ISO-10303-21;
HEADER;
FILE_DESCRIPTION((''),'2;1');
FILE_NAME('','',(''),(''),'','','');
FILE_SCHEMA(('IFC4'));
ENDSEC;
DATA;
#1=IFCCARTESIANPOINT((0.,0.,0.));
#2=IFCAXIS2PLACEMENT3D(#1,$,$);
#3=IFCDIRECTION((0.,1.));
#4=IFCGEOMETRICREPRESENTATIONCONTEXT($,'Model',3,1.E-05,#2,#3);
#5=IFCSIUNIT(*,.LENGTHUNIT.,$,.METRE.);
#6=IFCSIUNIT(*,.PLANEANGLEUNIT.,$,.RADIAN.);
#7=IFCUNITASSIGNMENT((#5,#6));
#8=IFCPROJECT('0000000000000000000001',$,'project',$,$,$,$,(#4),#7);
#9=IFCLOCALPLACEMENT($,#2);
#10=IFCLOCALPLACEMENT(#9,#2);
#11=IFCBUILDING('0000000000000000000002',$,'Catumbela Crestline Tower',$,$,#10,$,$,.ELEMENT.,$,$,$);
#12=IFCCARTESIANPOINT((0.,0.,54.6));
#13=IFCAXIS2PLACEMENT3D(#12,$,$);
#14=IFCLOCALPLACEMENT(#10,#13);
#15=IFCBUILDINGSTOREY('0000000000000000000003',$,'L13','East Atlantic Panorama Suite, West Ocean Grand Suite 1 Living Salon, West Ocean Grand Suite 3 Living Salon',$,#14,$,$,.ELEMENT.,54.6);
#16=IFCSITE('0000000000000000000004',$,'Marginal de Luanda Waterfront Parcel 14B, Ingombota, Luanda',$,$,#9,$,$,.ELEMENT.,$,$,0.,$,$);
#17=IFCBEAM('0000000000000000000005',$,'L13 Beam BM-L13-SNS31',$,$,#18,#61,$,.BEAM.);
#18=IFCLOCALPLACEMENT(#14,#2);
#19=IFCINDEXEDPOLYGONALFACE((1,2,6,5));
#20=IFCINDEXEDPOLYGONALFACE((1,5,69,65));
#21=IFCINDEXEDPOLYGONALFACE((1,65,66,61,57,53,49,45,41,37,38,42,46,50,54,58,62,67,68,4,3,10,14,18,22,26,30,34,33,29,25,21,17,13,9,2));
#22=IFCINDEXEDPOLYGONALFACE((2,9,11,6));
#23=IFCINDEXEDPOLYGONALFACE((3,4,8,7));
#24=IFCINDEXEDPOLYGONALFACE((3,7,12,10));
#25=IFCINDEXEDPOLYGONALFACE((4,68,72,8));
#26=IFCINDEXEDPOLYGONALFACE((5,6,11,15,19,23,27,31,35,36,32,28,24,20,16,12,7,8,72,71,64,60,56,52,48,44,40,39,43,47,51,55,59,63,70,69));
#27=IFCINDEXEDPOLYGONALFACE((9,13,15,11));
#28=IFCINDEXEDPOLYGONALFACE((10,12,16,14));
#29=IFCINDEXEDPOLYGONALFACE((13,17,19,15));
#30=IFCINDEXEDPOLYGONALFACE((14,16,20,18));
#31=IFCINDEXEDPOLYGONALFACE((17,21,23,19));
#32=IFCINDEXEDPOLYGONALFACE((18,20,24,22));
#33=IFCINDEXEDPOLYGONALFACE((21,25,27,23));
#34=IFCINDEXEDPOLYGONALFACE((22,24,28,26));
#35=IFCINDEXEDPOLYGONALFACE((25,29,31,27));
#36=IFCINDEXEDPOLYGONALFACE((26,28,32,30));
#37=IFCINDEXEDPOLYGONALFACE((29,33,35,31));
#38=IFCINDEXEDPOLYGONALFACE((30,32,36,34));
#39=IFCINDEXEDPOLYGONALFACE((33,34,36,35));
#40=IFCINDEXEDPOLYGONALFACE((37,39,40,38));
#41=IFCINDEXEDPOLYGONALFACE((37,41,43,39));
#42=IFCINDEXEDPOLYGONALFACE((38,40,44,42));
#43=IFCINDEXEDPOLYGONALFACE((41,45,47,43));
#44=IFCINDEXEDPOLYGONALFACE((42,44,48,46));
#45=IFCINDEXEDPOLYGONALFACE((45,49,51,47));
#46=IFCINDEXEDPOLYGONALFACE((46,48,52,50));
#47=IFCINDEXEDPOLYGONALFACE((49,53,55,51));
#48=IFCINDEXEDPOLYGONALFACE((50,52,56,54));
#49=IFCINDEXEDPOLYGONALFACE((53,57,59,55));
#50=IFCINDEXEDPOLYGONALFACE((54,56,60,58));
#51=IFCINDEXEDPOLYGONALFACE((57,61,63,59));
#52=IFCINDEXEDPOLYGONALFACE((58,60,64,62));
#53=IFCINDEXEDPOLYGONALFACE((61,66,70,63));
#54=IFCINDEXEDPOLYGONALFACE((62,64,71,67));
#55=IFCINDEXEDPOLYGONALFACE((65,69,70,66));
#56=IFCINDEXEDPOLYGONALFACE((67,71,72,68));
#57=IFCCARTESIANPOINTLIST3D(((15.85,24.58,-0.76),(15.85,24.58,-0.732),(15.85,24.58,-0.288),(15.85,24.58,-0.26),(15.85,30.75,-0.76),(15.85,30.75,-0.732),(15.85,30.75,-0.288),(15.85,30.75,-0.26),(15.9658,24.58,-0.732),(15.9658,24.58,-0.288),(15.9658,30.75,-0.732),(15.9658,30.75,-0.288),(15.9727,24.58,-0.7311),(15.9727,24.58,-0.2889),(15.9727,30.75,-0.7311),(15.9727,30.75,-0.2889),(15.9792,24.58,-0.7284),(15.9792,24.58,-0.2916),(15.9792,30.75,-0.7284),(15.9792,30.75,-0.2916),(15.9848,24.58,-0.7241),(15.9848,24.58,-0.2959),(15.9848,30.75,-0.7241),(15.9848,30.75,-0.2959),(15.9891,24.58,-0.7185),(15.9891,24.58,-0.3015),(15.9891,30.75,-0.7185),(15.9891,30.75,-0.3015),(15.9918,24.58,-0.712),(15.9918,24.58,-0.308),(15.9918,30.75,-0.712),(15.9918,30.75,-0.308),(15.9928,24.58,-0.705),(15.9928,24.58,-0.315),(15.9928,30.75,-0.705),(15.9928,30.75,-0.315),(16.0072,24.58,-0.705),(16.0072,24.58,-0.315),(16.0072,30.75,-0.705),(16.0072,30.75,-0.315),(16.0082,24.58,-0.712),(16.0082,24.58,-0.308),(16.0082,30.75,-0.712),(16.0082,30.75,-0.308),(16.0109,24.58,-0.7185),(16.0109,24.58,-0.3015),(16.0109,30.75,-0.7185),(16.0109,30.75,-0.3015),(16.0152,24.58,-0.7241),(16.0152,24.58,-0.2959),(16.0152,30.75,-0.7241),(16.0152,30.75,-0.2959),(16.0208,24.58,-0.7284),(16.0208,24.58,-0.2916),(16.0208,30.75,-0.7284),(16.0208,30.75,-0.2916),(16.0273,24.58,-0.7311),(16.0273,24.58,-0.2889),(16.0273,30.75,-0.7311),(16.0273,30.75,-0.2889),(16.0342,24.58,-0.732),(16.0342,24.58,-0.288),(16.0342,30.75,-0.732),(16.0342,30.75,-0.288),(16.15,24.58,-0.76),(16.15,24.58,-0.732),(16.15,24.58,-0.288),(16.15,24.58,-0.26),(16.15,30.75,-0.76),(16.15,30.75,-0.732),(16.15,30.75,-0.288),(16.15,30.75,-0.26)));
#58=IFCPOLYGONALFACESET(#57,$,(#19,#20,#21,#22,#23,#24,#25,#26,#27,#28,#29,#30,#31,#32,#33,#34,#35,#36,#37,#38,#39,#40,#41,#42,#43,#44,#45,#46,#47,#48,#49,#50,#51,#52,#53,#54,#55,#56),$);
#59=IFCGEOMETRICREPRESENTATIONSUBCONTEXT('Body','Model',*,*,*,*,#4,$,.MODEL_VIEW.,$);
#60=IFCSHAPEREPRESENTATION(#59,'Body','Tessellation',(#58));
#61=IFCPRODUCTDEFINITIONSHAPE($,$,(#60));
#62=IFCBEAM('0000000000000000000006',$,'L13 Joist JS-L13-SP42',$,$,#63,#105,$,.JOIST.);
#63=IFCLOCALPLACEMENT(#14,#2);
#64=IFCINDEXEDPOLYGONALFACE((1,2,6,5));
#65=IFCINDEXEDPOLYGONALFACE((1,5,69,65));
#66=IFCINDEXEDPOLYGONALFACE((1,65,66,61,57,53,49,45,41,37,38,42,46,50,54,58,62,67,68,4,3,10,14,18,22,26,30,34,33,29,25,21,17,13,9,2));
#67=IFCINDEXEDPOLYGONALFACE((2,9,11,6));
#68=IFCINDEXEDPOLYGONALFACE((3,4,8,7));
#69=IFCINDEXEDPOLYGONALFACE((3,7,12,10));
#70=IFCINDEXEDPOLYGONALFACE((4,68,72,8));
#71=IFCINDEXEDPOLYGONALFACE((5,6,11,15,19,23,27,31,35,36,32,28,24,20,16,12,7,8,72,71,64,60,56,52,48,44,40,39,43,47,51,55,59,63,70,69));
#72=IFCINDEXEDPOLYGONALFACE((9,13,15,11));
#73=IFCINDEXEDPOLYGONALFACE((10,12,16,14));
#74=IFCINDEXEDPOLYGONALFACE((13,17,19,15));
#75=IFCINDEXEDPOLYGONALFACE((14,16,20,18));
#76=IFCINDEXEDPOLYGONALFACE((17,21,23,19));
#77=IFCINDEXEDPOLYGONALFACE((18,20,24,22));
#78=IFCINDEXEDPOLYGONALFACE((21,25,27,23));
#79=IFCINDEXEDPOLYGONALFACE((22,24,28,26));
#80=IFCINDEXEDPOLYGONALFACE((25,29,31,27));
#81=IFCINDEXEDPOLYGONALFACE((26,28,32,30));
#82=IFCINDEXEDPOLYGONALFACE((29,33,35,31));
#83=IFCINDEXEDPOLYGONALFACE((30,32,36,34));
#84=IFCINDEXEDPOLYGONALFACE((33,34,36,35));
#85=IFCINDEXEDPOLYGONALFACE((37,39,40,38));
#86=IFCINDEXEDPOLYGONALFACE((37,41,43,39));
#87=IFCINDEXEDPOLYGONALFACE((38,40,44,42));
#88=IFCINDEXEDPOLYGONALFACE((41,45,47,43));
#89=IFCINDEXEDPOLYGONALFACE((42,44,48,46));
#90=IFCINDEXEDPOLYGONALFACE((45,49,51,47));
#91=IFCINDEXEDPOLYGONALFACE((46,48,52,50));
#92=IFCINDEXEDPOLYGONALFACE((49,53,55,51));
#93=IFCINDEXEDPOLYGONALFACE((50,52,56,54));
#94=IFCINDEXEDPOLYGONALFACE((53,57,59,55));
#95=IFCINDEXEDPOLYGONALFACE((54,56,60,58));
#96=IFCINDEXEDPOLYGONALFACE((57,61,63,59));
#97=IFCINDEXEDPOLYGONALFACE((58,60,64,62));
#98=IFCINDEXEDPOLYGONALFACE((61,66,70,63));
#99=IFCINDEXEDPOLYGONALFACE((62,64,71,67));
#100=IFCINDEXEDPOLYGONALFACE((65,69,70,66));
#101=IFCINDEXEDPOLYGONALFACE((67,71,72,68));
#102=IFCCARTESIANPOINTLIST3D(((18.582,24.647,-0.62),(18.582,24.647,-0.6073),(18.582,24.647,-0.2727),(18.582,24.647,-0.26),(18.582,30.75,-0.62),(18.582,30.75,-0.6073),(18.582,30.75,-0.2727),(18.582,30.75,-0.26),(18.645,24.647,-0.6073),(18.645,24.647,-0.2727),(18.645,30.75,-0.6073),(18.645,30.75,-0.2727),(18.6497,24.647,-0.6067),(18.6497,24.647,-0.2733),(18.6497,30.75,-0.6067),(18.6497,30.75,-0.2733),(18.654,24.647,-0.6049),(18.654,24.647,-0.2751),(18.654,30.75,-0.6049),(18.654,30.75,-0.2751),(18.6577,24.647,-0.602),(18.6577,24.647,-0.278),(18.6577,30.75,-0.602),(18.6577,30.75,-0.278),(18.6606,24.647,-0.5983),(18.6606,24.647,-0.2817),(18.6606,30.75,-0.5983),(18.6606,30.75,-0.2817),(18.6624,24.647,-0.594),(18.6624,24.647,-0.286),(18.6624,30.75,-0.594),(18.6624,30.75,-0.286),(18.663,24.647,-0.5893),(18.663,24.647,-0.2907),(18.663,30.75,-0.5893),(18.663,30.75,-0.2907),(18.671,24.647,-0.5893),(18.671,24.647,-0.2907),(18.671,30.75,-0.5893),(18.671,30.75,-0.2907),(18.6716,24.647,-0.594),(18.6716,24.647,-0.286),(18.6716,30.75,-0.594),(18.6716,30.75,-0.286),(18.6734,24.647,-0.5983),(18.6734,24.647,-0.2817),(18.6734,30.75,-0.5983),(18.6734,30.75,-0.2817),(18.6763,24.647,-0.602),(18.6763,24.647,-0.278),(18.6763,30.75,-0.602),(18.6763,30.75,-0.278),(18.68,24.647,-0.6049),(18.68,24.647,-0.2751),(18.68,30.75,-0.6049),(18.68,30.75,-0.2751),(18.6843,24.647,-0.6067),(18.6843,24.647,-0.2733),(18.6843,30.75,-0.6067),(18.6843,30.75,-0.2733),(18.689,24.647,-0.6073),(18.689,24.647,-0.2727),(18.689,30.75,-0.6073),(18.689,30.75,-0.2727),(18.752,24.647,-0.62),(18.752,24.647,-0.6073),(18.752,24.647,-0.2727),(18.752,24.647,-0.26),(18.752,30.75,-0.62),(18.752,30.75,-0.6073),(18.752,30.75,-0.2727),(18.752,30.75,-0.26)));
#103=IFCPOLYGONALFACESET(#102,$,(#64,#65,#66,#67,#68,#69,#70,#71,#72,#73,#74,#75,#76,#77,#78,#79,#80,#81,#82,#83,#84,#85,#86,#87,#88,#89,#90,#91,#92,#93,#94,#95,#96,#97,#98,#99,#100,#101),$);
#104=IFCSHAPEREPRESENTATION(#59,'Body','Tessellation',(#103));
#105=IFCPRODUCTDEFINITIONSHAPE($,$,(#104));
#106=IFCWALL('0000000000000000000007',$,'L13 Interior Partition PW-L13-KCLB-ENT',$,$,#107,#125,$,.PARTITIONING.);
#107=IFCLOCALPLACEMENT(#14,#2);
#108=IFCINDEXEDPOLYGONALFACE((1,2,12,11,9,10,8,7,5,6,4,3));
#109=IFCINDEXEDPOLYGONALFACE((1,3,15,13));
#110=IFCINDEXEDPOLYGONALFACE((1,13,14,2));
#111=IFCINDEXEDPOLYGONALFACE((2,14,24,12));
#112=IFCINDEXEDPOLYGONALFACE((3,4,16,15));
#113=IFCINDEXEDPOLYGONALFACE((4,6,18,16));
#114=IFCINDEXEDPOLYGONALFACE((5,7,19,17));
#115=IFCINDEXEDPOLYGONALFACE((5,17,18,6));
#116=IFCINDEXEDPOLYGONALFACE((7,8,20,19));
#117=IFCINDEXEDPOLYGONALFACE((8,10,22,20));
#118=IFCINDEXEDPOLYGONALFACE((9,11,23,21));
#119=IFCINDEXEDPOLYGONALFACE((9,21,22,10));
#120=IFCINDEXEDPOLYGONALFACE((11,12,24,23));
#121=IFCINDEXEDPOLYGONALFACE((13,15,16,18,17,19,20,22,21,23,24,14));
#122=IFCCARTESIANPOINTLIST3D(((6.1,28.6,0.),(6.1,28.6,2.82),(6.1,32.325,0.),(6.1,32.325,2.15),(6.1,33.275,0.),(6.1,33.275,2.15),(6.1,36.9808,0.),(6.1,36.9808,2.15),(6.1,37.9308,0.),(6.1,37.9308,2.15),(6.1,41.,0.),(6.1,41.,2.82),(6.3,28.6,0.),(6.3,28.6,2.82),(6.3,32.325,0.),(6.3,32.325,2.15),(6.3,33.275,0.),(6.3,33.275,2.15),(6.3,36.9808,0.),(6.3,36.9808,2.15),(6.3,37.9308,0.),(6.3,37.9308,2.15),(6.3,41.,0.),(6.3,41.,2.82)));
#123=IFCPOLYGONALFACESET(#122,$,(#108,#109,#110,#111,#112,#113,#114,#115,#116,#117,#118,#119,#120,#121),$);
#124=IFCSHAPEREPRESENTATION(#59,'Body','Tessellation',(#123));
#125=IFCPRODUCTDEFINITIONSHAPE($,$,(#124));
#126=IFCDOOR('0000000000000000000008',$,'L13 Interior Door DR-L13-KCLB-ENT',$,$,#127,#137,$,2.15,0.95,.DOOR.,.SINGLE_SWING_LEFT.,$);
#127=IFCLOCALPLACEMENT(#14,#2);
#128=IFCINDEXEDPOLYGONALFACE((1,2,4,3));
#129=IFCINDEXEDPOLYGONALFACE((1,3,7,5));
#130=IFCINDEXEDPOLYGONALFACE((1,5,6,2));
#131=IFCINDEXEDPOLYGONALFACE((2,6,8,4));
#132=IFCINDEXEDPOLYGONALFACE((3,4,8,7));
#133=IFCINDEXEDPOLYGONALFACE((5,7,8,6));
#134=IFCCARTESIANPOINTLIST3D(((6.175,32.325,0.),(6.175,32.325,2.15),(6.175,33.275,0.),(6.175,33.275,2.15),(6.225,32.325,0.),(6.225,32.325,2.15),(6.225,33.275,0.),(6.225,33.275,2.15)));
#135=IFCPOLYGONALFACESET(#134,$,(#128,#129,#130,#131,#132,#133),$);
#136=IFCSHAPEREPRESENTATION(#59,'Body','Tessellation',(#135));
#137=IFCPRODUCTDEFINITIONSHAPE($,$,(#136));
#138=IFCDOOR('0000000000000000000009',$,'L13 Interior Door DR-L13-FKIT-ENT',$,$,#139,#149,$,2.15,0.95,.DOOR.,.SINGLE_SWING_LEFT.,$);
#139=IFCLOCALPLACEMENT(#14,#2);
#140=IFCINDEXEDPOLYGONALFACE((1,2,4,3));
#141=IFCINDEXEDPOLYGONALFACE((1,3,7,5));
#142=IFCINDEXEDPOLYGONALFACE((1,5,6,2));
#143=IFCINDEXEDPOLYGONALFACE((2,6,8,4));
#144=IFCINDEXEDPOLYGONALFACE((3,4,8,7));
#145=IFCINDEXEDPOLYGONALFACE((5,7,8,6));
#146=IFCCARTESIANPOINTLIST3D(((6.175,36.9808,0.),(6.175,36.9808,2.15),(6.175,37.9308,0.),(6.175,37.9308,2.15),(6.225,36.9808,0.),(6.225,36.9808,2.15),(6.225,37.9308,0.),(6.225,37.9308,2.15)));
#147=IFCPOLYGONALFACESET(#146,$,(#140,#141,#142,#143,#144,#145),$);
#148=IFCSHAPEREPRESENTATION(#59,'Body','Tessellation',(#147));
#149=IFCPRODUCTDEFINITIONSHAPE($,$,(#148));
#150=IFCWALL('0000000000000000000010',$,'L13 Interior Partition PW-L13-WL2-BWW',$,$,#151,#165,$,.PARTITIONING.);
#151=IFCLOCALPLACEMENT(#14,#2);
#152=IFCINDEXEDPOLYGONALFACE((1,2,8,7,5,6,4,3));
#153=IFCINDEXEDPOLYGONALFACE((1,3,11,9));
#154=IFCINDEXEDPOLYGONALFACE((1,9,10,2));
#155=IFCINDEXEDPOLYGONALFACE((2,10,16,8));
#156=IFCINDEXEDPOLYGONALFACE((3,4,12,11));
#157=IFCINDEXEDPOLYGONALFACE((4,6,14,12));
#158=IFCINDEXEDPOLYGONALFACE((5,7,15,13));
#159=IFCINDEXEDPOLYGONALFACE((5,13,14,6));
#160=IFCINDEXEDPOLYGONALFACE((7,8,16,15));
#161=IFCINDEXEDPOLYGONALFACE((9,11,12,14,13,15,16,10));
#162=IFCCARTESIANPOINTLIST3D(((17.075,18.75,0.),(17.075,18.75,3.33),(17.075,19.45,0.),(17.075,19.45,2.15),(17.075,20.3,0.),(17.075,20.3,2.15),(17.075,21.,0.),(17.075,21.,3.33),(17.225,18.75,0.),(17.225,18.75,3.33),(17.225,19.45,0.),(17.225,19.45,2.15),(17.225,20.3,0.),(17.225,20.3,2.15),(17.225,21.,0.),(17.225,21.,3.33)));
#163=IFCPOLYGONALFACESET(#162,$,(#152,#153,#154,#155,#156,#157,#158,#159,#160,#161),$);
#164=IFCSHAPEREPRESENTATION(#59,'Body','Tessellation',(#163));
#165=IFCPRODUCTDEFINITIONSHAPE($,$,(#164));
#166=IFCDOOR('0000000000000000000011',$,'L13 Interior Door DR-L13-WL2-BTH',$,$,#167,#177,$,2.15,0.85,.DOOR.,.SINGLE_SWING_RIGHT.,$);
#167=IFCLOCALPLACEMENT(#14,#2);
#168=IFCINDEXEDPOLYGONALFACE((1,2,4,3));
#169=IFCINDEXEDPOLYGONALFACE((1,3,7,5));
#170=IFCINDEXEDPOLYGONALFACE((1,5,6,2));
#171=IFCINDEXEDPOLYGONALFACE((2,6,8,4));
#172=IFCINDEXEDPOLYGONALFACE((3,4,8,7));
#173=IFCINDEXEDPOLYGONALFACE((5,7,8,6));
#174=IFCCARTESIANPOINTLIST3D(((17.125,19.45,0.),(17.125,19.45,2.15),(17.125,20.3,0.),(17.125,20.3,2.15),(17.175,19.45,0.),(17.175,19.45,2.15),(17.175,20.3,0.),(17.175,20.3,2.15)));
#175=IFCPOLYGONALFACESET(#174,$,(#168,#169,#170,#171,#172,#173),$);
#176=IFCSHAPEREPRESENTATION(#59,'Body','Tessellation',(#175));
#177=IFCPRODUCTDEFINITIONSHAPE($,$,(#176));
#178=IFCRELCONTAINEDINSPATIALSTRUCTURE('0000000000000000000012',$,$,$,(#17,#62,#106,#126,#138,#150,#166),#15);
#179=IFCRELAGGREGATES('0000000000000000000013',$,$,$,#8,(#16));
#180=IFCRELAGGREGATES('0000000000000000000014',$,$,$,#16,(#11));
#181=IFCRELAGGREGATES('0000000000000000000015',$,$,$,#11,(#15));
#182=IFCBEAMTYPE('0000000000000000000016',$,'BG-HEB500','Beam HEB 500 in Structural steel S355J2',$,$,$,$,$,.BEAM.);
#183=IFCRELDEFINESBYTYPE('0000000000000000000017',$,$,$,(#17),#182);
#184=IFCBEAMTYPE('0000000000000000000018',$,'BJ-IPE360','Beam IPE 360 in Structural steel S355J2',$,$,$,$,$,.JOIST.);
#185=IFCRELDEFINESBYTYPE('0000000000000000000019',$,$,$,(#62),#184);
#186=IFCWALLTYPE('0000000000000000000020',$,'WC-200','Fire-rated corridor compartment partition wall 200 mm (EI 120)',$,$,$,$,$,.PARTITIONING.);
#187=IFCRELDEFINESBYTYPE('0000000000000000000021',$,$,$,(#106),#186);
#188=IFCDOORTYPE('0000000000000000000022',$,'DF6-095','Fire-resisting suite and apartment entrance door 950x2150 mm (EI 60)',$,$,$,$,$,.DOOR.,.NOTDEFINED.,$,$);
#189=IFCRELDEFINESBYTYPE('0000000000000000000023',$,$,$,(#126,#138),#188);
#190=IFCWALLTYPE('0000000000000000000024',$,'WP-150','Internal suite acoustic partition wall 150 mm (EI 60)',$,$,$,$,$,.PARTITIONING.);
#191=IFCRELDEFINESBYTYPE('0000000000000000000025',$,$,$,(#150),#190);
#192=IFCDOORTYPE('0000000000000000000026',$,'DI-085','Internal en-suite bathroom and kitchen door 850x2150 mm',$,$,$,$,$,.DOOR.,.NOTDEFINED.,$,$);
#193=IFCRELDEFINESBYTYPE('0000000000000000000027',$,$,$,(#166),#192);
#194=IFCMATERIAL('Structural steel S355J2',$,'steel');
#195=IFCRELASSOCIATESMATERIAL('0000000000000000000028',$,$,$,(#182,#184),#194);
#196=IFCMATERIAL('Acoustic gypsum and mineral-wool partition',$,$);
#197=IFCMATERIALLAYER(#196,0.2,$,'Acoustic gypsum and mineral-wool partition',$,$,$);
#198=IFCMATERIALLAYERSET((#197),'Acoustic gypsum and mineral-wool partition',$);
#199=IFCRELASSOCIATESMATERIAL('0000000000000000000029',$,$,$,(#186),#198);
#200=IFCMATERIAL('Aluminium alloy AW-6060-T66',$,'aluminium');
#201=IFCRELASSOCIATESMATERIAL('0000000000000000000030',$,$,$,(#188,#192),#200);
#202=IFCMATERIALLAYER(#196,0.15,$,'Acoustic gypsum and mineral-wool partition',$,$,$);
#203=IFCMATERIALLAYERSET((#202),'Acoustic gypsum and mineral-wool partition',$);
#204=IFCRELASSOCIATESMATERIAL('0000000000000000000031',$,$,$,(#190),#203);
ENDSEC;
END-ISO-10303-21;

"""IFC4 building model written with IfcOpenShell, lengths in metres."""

from ifc_helpers import new_model, si_unit, direction, frame, frame_2d, origin, origin_2d, place, context, subcontext, project, spatial, rectangle, i_section, extrude, material, layer, layer_set, material_profile, profile_set, type_object, element, fill, save


model = new_model("IFC4")

# Units and contexts
model_context = context("Model", 3, precision=1e-05, world=origin(), true_north=direction((0.0, 1.0)))
body_context = subcontext(model_context, "Body", "Model", "MODEL_VIEW")
ifc_project = project(units=[si_unit("LENGTHUNIT", "METRE"), si_unit("PLANEANGLEUNIT", "RADIAN")], contexts=[model_context])

# Site, building, storey
site_placement = place(None, origin())
site = spatial("IfcSite", under=ifc_project, at=site_placement, Name="Marginal de Luanda Waterfront Parcel 14B, Ingombota, Luanda", CompositionType="ELEMENT", RefElevation=0.0)
building_placement = place(site_placement, origin())
building = spatial("IfcBuilding", under=site, at=building_placement, Name="Catumbela Crestline Tower", CompositionType="ELEMENT")
storey_placement = place(building_placement, frame((0.0, 0.0, 54.6)))
storey = spatial("IfcBuildingStorey", under=building, at=storey_placement, Name="L13", Description="East Atlantic Panorama Suite, West Ocean Grand Suite 1 Living Salon, West Ocean Grand Suite 3 Living Salon", CompositionType="ELEMENT", Elevation=54.6)

# Beams
ifc_material_1 = material(Name="Structural steel S355J2", Category="steel")
ifc_material_profile_1 = material_profile(ifc_material_1, i_section(OverallWidth=0.3, OverallDepth=0.5, WebThickness=0.0145, FlangeThickness=0.028, FilletRadius=0.027, at=origin_2d()), Name="HEB 500")
ifc_profile_set_1 = profile_set([ifc_material_profile_1], Name="Structural steel S355J2")
beam_type_1 = type_object("IfcBeamType", Name="BG-HEB500", Description="Beam HEB 500 in Structural steel S355J2", PredefinedType="BEAM", material=ifc_profile_set_1)
beam_1_placement = place(storey_placement, frame((16.0, 24.58, -0.51), z_axis=(0.0, 1.0, 0.0), x_axis=(-1.0, 0.0, 0.0)))
element("IfcBeam", 1, at=beam_1_placement, inside=storey, type_object=beam_type_1, Name="L13 Beam BM-L13-SNS31", PredefinedType="BEAM", context=body_context, shape_type="SweptSolid", body=[
    extrude(i_section(OverallWidth=0.3, OverallDepth=0.5, WebThickness=0.0145, FlangeThickness=0.028, FilletRadius=0.027, at=origin_2d()), origin(), (0.0, 0.0, 1.0), 6.17),
])
ifc_material_profile_2 = material_profile(ifc_material_1, i_section(OverallWidth=0.17, OverallDepth=0.36, WebThickness=0.008, FlangeThickness=0.0127, FilletRadius=0.018, at=origin_2d()), Name="IPE 360")
ifc_profile_set_2 = profile_set([ifc_material_profile_2], Name="Structural steel S355J2")
beam_type_2 = type_object("IfcBeamType", Name="BJ-IPE360", Description="Beam IPE 360 in Structural steel S355J2", PredefinedType="JOIST", material=ifc_profile_set_2)
beam_2_placement = place(storey_placement, frame((18.667, 24.647, -0.44), z_axis=(0.0, 1.0, 0.0), x_axis=(-1.0, 0.0, 0.0)))
element("IfcBeam", 2, at=beam_2_placement, inside=storey, type_object=beam_type_2, Name="L13 Joist JS-L13-SP42", PredefinedType="JOIST", context=body_context, shape_type="SweptSolid", body=[
    extrude(i_section(OverallWidth=0.17, OverallDepth=0.36, WebThickness=0.008, FlangeThickness=0.0127, FilletRadius=0.018, at=origin_2d()), origin(), (0.0, 0.0, 1.0), 6.103),
])

# Wall, openings, doors
ifc_material_2 = material(Name="Acoustic gypsum and mineral-wool partition")
ifc_layer_1 = layer(ifc_material_2, 0.2, Name="Acoustic gypsum and mineral-wool partition")
ifc_layer_set_1 = layer_set([ifc_layer_1], Name="Acoustic gypsum and mineral-wool partition")
wall_type_1 = type_object("IfcWallType", Name="WC-200", Description="Fire-rated corridor compartment partition wall 200 mm (EI 120)", PredefinedType="PARTITIONING", material=ifc_layer_set_1)
wall_1_placement = place(storey_placement, frame((6.2, 28.6, 0.0), z_axis=(0.0, 0.0, 1.0), x_axis=(0.0, 1.0, 0.0)))
wall_1 = element("IfcWall", 3, at=wall_1_placement, inside=storey, type_object=wall_type_1, Name="L13 Interior Partition PW-L13-KCLB-ENT", PredefinedType="PARTITIONING", context=body_context, shape_type="SweptSolid", body=[
    extrude(rectangle(XDim=12.4, YDim=0.2, at=frame_2d((6.2, 0.0))), origin(), (0.0, 0.0, 1.0), 2.82),
])
opening_1_placement = place(wall_1_placement, frame((3.725, 0.0, 0.0)))
opening_1 = element("IfcOpeningElement", 4, at=opening_1_placement, cuts=wall_1, PredefinedType="OPENING", context=body_context, shape_type="SweptSolid", body=[
    extrude(rectangle(XDim=0.95, YDim=2.15, at=frame_2d((0.475, 1.075))), frame((0.0, 0.11, 0.0), z_axis=(0.0, -1.0, 0.0), x_axis=(1.0, 0.0, 0.0)), (0.0, 0.0, 1.0), 0.22),
])
opening_2_placement = place(wall_1_placement, frame((8.3808, 0.0, 0.0)))
opening_2 = element("IfcOpeningElement", 5, at=opening_2_placement, cuts=wall_1, PredefinedType="OPENING", context=body_context, shape_type="SweptSolid", body=[
    extrude(rectangle(XDim=0.95, YDim=2.15, at=frame_2d((0.475, 1.075))), frame((0.0, 0.11, 0.0), z_axis=(0.0, -1.0, 0.0), x_axis=(1.0, 0.0, 0.0)), (0.0, 0.0, 1.0), 0.22),
])
ifc_material_3 = material(Name="Aluminium alloy AW-6060-T66", Category="aluminium")
door_type_1 = type_object("IfcDoorType", Name="DF6-095", Description="Fire-resisting suite and apartment entrance door 950x2150 mm (EI 60)", OperationType="NOTDEFINED", PredefinedType="DOOR", material=ifc_material_3)
door_1_placement = place(opening_1_placement, origin())
door_1 = element("IfcDoor", 6, at=door_1_placement, inside=storey, type_object=door_type_1, Name="L13 Interior Door DR-L13-KCLB-ENT", OperationType="SINGLE_SWING_LEFT", OverallHeight=2.15, OverallWidth=0.95, PredefinedType="DOOR", context=body_context, shape_type="SweptSolid", body=[
    extrude(rectangle(XDim=0.95, YDim=2.15, at=frame_2d((0.475, 1.075))), frame((0.0, 0.025, 0.0), z_axis=(0.0, -1.0, 0.0), x_axis=(1.0, 0.0, 0.0)), (0.0, 0.0, 1.0), 0.05),
])
fill(opening_1, door_1)
door_2_placement = place(opening_2_placement, origin())
door_2 = element("IfcDoor", 7, at=door_2_placement, inside=storey, type_object=door_type_1, Name="L13 Interior Door DR-L13-FKIT-ENT", OperationType="SINGLE_SWING_LEFT", OverallHeight=2.15, OverallWidth=0.95, PredefinedType="DOOR", context=body_context, shape_type="SweptSolid", body=[
    extrude(rectangle(XDim=0.95, YDim=2.15, at=frame_2d((0.475, 1.075))), frame((0.0, 0.025, 0.0), z_axis=(0.0, -1.0, 0.0), x_axis=(1.0, 0.0, 0.0)), (0.0, 0.0, 1.0), 0.05),
])
fill(opening_2, door_2)

# Wall, opening, door
ifc_layer_2 = layer(ifc_material_2, 0.15, Name="Acoustic gypsum and mineral-wool partition")
ifc_layer_set_2 = layer_set([ifc_layer_2], Name="Acoustic gypsum and mineral-wool partition")
wall_type_2 = type_object("IfcWallType", Name="WP-150", Description="Internal suite acoustic partition wall 150 mm (EI 60)", PredefinedType="PARTITIONING", material=ifc_layer_set_2)
wall_2_placement = place(storey_placement, frame((17.15, 18.75, 0.0), z_axis=(0.0, 0.0, 1.0), x_axis=(0.0, 1.0, 0.0)))
wall_2 = element("IfcWall", 8, at=wall_2_placement, inside=storey, type_object=wall_type_2, Name="L13 Interior Partition PW-L13-WL2-BWW", PredefinedType="PARTITIONING", context=body_context, shape_type="SweptSolid", body=[
    extrude(rectangle(XDim=2.25, YDim=0.15, at=frame_2d((1.125, 0.0))), origin(), (0.0, 0.0, 1.0), 3.33),
])
opening_3_placement = place(wall_2_placement, frame((0.7, 0.0, 0.0)))
opening_3 = element("IfcOpeningElement", 9, at=opening_3_placement, cuts=wall_2, PredefinedType="OPENING", context=body_context, shape_type="SweptSolid", body=[
    extrude(rectangle(XDim=0.85, YDim=2.15, at=frame_2d((0.425, 1.075))), frame((0.0, 0.085, 0.0), z_axis=(0.0, -1.0, 0.0), x_axis=(1.0, 0.0, 0.0)), (0.0, 0.0, 1.0), 0.17),
])
door_type_2 = type_object("IfcDoorType", Name="DI-085", Description="Internal en-suite bathroom and kitchen door 850x2150 mm", OperationType="NOTDEFINED", PredefinedType="DOOR", material=ifc_material_3)
door_3_placement = place(opening_3_placement, origin())
door_3 = element("IfcDoor", 10, at=door_3_placement, inside=storey, type_object=door_type_2, Name="L13 Interior Door DR-L13-WL2-BTH", OperationType="SINGLE_SWING_RIGHT", OverallHeight=2.15, OverallWidth=0.85, PredefinedType="DOOR", context=body_context, shape_type="SweptSolid", body=[
    extrude(rectangle(XDim=0.85, YDim=2.15, at=frame_2d((0.425, 1.075))), frame((0.0, 0.025, 0.0), z_axis=(0.0, -1.0, 0.0), x_axis=(1.0, 0.0, 0.0)), (0.0, 0.0, 1.0), 0.05),
])
fill(opening_3, door_3)

save(model, "model.ifc")
